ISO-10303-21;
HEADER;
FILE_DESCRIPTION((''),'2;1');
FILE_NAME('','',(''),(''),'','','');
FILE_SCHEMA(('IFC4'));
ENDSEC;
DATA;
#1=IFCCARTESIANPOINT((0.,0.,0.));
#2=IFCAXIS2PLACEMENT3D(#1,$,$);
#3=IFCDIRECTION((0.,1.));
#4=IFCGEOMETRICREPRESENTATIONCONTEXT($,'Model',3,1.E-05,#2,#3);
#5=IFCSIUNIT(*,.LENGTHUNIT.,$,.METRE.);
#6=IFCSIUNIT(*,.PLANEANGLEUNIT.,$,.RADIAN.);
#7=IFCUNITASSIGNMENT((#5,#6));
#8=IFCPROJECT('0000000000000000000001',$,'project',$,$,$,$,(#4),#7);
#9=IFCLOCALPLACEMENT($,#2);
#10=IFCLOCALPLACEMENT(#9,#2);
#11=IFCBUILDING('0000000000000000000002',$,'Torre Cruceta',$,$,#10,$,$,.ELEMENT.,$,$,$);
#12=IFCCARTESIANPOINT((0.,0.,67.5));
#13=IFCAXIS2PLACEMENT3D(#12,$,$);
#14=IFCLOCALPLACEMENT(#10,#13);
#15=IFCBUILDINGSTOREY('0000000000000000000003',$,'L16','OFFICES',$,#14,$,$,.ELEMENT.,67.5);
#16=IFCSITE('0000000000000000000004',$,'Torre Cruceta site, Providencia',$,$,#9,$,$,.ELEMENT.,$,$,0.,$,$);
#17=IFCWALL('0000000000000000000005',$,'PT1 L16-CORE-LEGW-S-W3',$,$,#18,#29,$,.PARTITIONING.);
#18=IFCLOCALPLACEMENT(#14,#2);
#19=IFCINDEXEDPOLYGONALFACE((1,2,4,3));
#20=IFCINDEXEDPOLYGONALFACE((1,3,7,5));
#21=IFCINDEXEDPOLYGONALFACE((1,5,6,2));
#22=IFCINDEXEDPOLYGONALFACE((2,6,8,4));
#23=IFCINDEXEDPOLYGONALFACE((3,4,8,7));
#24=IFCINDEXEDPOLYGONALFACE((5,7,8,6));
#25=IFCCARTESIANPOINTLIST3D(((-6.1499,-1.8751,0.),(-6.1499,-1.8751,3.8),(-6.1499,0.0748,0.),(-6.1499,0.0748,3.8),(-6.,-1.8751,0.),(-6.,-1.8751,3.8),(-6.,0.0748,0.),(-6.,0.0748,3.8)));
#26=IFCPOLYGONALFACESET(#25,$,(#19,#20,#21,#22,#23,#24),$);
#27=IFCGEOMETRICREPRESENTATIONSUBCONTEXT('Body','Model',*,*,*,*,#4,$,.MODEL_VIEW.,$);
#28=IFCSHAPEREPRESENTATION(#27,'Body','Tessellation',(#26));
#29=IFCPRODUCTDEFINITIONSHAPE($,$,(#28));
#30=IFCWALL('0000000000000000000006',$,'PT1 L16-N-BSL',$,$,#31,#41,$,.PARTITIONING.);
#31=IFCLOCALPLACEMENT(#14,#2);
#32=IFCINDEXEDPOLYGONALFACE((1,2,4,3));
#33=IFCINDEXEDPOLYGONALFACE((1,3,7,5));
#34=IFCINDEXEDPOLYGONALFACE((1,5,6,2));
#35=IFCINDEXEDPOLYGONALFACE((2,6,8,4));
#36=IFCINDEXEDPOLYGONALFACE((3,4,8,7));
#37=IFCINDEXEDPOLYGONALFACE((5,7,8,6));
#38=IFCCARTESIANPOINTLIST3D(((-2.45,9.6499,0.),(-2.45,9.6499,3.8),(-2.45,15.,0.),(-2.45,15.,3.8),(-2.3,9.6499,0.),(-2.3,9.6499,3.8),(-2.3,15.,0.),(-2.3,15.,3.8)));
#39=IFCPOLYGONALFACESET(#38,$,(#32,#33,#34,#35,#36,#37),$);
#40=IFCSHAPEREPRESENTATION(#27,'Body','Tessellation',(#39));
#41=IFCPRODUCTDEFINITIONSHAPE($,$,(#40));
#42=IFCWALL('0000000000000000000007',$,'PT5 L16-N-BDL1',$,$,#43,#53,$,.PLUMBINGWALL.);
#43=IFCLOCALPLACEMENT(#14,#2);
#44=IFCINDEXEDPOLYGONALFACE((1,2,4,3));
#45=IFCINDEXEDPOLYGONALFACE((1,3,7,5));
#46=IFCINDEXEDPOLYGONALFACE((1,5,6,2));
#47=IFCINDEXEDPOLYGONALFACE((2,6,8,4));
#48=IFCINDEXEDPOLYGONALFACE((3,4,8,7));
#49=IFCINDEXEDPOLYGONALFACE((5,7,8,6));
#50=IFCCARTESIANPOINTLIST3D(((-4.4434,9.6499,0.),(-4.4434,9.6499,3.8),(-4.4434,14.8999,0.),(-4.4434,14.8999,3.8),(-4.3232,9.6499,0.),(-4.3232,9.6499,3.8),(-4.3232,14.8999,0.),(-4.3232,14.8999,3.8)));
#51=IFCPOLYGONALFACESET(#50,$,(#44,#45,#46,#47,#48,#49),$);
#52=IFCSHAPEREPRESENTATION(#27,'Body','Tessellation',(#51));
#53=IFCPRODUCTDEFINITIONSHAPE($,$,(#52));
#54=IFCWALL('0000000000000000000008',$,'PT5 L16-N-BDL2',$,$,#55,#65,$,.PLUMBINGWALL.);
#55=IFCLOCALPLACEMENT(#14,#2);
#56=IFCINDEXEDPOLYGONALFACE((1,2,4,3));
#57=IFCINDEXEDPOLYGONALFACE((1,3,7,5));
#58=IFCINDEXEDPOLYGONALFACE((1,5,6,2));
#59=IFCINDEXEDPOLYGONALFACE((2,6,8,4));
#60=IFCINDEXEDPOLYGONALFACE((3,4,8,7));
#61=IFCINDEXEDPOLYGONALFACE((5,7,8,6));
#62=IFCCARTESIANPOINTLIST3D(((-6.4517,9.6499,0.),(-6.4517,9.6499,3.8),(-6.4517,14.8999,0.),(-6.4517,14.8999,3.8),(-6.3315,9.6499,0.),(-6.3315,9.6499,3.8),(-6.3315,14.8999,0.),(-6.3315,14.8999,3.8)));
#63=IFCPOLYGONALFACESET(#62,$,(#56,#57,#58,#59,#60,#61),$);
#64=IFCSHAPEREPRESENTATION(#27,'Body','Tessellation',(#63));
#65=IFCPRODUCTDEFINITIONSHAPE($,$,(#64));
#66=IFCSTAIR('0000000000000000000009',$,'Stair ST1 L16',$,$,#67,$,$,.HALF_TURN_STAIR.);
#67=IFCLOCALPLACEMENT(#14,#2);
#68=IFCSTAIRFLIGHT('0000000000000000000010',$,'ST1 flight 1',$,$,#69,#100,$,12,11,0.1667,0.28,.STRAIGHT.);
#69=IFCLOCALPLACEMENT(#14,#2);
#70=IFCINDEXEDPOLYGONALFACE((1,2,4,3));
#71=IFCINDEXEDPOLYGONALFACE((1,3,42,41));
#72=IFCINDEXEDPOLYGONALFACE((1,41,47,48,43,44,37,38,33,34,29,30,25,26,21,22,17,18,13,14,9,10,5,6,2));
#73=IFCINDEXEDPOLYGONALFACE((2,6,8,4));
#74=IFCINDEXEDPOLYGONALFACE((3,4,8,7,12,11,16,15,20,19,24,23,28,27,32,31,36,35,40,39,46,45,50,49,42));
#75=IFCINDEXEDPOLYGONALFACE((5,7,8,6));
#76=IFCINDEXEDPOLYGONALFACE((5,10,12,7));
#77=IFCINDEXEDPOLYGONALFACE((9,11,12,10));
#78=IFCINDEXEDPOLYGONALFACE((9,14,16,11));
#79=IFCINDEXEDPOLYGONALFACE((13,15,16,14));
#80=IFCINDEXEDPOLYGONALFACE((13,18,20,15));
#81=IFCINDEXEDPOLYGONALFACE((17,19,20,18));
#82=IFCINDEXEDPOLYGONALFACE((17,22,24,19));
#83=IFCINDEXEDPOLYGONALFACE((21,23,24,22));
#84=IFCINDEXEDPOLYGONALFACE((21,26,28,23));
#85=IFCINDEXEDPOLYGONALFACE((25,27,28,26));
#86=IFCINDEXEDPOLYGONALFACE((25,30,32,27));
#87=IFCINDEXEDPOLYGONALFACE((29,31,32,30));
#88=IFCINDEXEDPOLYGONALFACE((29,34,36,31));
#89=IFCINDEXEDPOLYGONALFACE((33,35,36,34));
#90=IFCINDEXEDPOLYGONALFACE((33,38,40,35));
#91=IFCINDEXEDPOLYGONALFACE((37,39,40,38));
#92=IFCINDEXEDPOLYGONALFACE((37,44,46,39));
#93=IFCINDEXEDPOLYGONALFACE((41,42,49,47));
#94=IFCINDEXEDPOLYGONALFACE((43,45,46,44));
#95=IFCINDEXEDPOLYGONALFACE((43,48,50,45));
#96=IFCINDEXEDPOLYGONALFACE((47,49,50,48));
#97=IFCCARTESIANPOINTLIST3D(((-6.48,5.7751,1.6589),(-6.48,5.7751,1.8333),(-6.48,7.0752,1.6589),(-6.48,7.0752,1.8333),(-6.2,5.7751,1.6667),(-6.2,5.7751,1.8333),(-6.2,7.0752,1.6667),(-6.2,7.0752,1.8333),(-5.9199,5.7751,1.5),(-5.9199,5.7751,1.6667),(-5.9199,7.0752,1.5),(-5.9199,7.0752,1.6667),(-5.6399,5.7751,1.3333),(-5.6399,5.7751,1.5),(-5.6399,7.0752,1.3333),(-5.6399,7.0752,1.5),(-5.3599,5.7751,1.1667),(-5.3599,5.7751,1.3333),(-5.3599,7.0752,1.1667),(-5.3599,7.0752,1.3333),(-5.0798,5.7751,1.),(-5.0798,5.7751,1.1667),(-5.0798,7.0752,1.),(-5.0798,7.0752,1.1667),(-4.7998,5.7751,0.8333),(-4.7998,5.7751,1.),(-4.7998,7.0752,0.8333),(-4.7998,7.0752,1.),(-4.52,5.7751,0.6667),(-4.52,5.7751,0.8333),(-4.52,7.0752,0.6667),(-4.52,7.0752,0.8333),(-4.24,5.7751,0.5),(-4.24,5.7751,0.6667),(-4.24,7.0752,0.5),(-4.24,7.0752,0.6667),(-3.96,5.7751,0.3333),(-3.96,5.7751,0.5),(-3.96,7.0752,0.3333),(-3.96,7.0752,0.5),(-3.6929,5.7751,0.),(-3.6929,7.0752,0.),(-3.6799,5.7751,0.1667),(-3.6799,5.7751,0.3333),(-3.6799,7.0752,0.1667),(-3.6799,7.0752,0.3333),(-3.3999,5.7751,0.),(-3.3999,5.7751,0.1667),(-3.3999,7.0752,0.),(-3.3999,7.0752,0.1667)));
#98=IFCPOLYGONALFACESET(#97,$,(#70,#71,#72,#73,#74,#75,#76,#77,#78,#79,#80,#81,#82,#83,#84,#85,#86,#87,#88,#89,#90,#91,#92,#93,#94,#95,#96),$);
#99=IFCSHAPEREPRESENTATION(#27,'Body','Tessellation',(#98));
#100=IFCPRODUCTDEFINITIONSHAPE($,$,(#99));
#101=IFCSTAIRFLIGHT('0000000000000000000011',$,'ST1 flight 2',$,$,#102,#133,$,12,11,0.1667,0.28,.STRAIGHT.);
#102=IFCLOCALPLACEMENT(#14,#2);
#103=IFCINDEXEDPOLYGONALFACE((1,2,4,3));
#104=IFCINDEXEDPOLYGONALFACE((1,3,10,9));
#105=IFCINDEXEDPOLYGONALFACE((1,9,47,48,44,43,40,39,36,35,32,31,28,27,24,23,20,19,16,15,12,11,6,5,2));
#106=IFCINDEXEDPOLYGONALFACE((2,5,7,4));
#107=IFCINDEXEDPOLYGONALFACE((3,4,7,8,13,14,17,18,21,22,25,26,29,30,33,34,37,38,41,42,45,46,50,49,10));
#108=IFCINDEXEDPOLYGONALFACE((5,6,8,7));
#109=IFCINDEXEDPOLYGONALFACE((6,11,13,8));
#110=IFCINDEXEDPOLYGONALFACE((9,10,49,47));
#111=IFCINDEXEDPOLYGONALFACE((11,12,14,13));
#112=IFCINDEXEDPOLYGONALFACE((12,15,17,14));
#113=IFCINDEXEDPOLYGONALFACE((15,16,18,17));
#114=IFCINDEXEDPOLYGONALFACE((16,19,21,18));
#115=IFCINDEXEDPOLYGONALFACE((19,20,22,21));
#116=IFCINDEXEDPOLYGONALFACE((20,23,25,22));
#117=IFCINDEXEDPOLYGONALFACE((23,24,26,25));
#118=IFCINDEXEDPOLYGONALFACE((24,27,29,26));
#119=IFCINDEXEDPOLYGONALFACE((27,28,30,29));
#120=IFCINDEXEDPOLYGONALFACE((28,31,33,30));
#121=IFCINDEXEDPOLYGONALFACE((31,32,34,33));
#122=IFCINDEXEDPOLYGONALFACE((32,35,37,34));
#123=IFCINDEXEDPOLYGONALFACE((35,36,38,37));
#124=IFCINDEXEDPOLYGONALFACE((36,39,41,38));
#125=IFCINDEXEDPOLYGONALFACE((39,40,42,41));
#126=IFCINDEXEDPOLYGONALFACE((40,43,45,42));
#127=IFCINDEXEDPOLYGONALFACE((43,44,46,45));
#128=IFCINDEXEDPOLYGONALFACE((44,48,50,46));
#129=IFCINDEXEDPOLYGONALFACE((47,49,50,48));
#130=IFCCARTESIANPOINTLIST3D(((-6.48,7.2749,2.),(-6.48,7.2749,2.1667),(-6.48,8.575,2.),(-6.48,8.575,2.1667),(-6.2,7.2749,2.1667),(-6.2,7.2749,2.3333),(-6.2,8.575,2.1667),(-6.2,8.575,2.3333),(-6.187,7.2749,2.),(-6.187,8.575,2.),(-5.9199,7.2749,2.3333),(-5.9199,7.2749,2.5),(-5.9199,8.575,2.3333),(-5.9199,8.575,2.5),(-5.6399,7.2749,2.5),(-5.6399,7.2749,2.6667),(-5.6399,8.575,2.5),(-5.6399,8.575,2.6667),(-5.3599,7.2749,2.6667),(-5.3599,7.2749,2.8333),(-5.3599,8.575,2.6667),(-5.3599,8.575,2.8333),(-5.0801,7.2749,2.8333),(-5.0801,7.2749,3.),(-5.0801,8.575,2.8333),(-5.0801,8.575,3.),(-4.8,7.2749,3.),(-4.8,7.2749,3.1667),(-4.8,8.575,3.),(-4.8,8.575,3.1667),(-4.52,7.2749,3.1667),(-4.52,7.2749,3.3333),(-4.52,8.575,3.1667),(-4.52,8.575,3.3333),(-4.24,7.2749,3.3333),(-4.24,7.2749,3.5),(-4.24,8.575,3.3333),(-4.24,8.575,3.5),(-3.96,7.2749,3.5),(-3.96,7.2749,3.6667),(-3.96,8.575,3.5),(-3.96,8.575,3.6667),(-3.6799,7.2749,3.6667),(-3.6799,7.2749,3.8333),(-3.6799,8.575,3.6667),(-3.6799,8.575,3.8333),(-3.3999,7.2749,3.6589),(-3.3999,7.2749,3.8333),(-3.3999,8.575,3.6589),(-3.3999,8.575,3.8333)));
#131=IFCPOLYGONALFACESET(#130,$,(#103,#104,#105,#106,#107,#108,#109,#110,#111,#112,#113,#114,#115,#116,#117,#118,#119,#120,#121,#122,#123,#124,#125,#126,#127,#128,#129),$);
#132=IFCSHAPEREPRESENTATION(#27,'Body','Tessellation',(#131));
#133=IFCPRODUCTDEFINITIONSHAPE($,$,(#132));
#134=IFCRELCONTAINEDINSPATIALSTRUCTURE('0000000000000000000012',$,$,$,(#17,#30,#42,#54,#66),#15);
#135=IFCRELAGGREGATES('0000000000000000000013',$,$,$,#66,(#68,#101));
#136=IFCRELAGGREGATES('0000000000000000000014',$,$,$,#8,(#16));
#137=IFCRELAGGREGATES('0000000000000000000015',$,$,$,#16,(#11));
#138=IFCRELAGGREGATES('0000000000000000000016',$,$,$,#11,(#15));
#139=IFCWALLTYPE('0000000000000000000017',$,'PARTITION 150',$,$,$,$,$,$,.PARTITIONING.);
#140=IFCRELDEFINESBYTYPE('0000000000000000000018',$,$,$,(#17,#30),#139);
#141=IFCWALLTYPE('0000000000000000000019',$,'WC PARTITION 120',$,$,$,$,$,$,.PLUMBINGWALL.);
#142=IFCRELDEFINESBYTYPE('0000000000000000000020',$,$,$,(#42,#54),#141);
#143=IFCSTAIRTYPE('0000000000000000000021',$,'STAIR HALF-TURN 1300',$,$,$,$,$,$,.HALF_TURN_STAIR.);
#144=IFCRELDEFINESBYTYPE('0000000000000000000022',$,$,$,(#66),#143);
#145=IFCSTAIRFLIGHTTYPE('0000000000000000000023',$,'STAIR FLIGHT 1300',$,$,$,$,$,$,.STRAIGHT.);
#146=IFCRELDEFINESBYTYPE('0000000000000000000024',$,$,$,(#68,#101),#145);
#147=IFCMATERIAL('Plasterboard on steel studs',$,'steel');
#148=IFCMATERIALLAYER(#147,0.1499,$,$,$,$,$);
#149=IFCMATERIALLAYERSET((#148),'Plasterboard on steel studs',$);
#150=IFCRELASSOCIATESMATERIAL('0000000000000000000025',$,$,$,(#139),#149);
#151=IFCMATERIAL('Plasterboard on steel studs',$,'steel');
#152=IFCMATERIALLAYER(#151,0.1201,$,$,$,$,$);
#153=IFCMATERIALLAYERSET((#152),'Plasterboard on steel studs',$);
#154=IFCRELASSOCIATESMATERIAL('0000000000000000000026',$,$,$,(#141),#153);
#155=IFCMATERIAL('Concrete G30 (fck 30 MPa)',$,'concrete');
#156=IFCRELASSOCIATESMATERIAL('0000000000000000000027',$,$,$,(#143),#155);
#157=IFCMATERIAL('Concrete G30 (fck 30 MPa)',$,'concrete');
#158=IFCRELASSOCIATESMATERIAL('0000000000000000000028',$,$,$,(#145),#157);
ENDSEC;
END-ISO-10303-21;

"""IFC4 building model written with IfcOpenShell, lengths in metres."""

from ifc_helpers import new_model, si_unit, direction, frame, frame_2d, origin, place, context, subcontext, project, spatial, polyline, rectangle, outline, extrude, material, layer, layer_set, type_object, element, aggregate, save


model = new_model("IFC4")

# Units and contexts
model_context = context("Model", 3, precision=1e-05, world=origin(), true_north=direction((0.0, 1.0)))
body_context = subcontext(model_context, "Body", "Model", "MODEL_VIEW")
ifc_project = project(units=[si_unit("LENGTHUNIT", "METRE"), si_unit("PLANEANGLEUNIT", "RADIAN")], contexts=[model_context])

# Site, building, storey
site_placement = place(None, origin())
site = spatial("IfcSite", under=ifc_project, at=site_placement, Name="Torre Cruceta site, Providencia", CompositionType="ELEMENT", RefElevation=0.0)
building_placement = place(site_placement, origin())
building = spatial("IfcBuilding", under=site, at=building_placement, Name="Torre Cruceta", CompositionType="ELEMENT")
storey_placement = place(building_placement, frame((0.0, 0.0, 67.5)))
storey = spatial("IfcBuildingStorey", under=building, at=storey_placement, Name="L16", Description="OFFICES", CompositionType="ELEMENT", Elevation=67.5)

# Walls
ifc_material_1 = material(Name="Plasterboard on steel studs", Category="steel")
ifc_layer_1 = layer(ifc_material_1, 0.1499)
ifc_layer_set_1 = layer_set([ifc_layer_1], Name="Plasterboard on steel studs")
wall_type_1 = type_object("IfcWallType", Name="PARTITION 150", PredefinedType="PARTITIONING", material=ifc_layer_set_1)
wall_1_placement = place(storey_placement, frame((-6.075, 0.075, 0.0), z_axis=(0.0, 0.0, 1.0), x_axis=(0.0, -1.0, 0.0)))
element("IfcWall", 1, at=wall_1_placement, inside=storey, type_object=wall_type_1, Name="PT1 L16-CORE-LEGW-S-W3", PredefinedType="PARTITIONING", context=body_context, shape_type="SweptSolid", body=[
    extrude(rectangle(XDim=1.95, YDim=0.1499, at=frame_2d((0.9751, 0.0))), origin(), (0.0, 0.0, 1.0), 3.8),
])
wall_2_placement = place(storey_placement, frame((-2.375, 9.6499, 0.0), z_axis=(0.0, 0.0, 1.0), x_axis=(0.0, 1.0, 0.0)))
element("IfcWall", 2, at=wall_2_placement, inside=storey, type_object=wall_type_1, Name="PT1 L16-N-BSL", PredefinedType="PARTITIONING", context=body_context, shape_type="SweptSolid", body=[
    extrude(rectangle(XDim=5.3501, YDim=0.1499, at=frame_2d((2.675, 0.0))), origin(), (0.0, 0.0, 1.0), 3.8),
])
ifc_material_2 = material(Name="Plasterboard on steel studs", Category="steel")
ifc_layer_2 = layer(ifc_material_2, 0.1201)
ifc_layer_set_2 = layer_set([ifc_layer_2], Name="Plasterboard on steel studs")
wall_type_2 = type_object("IfcWallType", Name="WC PARTITION 120", PredefinedType="PLUMBINGWALL", material=ifc_layer_set_2)
for number, where, z_axis, x_axis, name in (
    (3, (-4.3833, 9.6499, 0.0), (0.0, 0.0, 1.0), (0.0, 1.0, 0.0), "PT5 L16-N-BDL1"),
    (4, (-6.3916, 9.6499, 0.0), (0.0, 0.0, 1.0), (0.0, 1.0, 0.0), "PT5 L16-N-BDL2"),
):
    element("IfcWall", number, at=place(storey_placement, frame(where, z_axis=z_axis, x_axis=x_axis)), inside=storey, type_object=wall_type_2, Name=name, PredefinedType="PLUMBINGWALL", context=body_context, shape_type="SweptSolid", body=[
        extrude(rectangle(XDim=5.25, YDim=0.1201, at=frame_2d((2.625, 0.0))), origin(), (0.0, 0.0, 1.0), 3.8),
    ])

# Stair, stair flights
ifc_material_3 = material(Name="Concrete G30 (fck 30 MPa)", Category="concrete")
stair_type = type_object("IfcStairType", Name="STAIR HALF-TURN 1300", PredefinedType="HALF_TURN_STAIR", material=ifc_material_3)
stair_placement = place(storey_placement, origin())
stair = element("IfcStair", 5, at=stair_placement, inside=storey, type_object=stair_type, Name="Stair ST1 L16", PredefinedType="HALF_TURN_STAIR")
ifc_material_4 = material(Name="Concrete G30 (fck 30 MPa)", Category="concrete")
stair_flight_type = type_object("IfcStairFlightType", Name="STAIR FLIGHT 1300", PredefinedType="STRAIGHT", material=ifc_material_4)
stair_flight_1_placement = place(storey_placement, frame((-3.3999, 6.425, 0.0), z_axis=(0.0, 0.0, 1.0), x_axis=(-1.0, 0.0, 0.0)))
stair_flight_1 = element("IfcStairFlight", 6, at=stair_flight_1_placement, type_object=stair_flight_type, Name="ST1 flight 1", NumberOfRisers=12, NumberOfTreads=11, PredefinedType="STRAIGHT", RiserHeight=0.1667, TreadLength=0.28, context=body_context, shape_type="SweptSolid", body=[
    extrude(outline(polyline([(0.0, 0.0), (0.0, 0.1667), (0.28, 0.1667), (0.28, 0.3333), (0.5601, 0.3333), (0.5601, 0.5), (0.8401, 0.5), (0.8401, 0.6667), (1.1201, 0.6667), (1.1201, 0.8333), (1.3999, 0.8333), (1.3999, 1.0), (1.6799, 1.0), (1.6799, 1.1667), (1.96, 1.1667), (1.96, 1.3333), (2.24, 1.3333), (2.24, 1.5), (2.52, 1.5), (2.52, 1.6667), (2.8, 1.6667), (2.8, 1.8333), (3.0801, 1.8333), (3.0801, 2.0), (3.0801, 1.6589), (0.293, 0.0), (0.0, 0.0)])), frame((0.0, 0.6499, 0.0), z_axis=(0.0, -1.0, 0.0), x_axis=(1.0, 0.0, 0.0)), (0.0, 0.0, 1.0), 1.3),
])
stair_flight_2_placement = place(storey_placement, frame((-6.48, 7.925, 2.0), z_axis=(0.0, 0.0, 1.0), x_axis=(1.0, 0.0, 0.0)))
stair_flight_2 = element("IfcStairFlight", 7, at=stair_flight_2_placement, type_object=stair_flight_type, Name="ST1 flight 2", NumberOfRisers=12, NumberOfTreads=11, PredefinedType="STRAIGHT", RiserHeight=0.1667, TreadLength=0.28, context=body_context, shape_type="SweptSolid", body=[
    extrude(outline(polyline([(0.0, 0.0), (0.0, 0.1667), (0.28, 0.1667), (0.28, 0.3333), (0.5601, 0.3333), (0.5601, 0.5), (0.8401, 0.5), (0.8401, 0.6667), (1.1201, 0.6667), (1.1201, 0.8333), (1.3999, 0.8333), (1.3999, 1.0), (1.6799, 1.0), (1.6799, 1.1667), (1.96, 1.1667), (1.96, 1.3333), (2.24, 1.3333), (2.24, 1.5), (2.52, 1.5), (2.52, 1.6667), (2.8, 1.6667), (2.8, 1.8333), (3.0801, 1.8333), (3.0801, 2.0), (3.0801, 1.6589), (0.293, 0.0), (0.0, 0.0)])), frame((0.0, 0.6499, 0.0), z_axis=(0.0, -1.0, 0.0), x_axis=(1.0, 0.0, 0.0)), (0.0, 0.0, 1.0), 1.3),
])
aggregate(stair, [stair_flight_1, stair_flight_2])

save(model, "model.ifc")
